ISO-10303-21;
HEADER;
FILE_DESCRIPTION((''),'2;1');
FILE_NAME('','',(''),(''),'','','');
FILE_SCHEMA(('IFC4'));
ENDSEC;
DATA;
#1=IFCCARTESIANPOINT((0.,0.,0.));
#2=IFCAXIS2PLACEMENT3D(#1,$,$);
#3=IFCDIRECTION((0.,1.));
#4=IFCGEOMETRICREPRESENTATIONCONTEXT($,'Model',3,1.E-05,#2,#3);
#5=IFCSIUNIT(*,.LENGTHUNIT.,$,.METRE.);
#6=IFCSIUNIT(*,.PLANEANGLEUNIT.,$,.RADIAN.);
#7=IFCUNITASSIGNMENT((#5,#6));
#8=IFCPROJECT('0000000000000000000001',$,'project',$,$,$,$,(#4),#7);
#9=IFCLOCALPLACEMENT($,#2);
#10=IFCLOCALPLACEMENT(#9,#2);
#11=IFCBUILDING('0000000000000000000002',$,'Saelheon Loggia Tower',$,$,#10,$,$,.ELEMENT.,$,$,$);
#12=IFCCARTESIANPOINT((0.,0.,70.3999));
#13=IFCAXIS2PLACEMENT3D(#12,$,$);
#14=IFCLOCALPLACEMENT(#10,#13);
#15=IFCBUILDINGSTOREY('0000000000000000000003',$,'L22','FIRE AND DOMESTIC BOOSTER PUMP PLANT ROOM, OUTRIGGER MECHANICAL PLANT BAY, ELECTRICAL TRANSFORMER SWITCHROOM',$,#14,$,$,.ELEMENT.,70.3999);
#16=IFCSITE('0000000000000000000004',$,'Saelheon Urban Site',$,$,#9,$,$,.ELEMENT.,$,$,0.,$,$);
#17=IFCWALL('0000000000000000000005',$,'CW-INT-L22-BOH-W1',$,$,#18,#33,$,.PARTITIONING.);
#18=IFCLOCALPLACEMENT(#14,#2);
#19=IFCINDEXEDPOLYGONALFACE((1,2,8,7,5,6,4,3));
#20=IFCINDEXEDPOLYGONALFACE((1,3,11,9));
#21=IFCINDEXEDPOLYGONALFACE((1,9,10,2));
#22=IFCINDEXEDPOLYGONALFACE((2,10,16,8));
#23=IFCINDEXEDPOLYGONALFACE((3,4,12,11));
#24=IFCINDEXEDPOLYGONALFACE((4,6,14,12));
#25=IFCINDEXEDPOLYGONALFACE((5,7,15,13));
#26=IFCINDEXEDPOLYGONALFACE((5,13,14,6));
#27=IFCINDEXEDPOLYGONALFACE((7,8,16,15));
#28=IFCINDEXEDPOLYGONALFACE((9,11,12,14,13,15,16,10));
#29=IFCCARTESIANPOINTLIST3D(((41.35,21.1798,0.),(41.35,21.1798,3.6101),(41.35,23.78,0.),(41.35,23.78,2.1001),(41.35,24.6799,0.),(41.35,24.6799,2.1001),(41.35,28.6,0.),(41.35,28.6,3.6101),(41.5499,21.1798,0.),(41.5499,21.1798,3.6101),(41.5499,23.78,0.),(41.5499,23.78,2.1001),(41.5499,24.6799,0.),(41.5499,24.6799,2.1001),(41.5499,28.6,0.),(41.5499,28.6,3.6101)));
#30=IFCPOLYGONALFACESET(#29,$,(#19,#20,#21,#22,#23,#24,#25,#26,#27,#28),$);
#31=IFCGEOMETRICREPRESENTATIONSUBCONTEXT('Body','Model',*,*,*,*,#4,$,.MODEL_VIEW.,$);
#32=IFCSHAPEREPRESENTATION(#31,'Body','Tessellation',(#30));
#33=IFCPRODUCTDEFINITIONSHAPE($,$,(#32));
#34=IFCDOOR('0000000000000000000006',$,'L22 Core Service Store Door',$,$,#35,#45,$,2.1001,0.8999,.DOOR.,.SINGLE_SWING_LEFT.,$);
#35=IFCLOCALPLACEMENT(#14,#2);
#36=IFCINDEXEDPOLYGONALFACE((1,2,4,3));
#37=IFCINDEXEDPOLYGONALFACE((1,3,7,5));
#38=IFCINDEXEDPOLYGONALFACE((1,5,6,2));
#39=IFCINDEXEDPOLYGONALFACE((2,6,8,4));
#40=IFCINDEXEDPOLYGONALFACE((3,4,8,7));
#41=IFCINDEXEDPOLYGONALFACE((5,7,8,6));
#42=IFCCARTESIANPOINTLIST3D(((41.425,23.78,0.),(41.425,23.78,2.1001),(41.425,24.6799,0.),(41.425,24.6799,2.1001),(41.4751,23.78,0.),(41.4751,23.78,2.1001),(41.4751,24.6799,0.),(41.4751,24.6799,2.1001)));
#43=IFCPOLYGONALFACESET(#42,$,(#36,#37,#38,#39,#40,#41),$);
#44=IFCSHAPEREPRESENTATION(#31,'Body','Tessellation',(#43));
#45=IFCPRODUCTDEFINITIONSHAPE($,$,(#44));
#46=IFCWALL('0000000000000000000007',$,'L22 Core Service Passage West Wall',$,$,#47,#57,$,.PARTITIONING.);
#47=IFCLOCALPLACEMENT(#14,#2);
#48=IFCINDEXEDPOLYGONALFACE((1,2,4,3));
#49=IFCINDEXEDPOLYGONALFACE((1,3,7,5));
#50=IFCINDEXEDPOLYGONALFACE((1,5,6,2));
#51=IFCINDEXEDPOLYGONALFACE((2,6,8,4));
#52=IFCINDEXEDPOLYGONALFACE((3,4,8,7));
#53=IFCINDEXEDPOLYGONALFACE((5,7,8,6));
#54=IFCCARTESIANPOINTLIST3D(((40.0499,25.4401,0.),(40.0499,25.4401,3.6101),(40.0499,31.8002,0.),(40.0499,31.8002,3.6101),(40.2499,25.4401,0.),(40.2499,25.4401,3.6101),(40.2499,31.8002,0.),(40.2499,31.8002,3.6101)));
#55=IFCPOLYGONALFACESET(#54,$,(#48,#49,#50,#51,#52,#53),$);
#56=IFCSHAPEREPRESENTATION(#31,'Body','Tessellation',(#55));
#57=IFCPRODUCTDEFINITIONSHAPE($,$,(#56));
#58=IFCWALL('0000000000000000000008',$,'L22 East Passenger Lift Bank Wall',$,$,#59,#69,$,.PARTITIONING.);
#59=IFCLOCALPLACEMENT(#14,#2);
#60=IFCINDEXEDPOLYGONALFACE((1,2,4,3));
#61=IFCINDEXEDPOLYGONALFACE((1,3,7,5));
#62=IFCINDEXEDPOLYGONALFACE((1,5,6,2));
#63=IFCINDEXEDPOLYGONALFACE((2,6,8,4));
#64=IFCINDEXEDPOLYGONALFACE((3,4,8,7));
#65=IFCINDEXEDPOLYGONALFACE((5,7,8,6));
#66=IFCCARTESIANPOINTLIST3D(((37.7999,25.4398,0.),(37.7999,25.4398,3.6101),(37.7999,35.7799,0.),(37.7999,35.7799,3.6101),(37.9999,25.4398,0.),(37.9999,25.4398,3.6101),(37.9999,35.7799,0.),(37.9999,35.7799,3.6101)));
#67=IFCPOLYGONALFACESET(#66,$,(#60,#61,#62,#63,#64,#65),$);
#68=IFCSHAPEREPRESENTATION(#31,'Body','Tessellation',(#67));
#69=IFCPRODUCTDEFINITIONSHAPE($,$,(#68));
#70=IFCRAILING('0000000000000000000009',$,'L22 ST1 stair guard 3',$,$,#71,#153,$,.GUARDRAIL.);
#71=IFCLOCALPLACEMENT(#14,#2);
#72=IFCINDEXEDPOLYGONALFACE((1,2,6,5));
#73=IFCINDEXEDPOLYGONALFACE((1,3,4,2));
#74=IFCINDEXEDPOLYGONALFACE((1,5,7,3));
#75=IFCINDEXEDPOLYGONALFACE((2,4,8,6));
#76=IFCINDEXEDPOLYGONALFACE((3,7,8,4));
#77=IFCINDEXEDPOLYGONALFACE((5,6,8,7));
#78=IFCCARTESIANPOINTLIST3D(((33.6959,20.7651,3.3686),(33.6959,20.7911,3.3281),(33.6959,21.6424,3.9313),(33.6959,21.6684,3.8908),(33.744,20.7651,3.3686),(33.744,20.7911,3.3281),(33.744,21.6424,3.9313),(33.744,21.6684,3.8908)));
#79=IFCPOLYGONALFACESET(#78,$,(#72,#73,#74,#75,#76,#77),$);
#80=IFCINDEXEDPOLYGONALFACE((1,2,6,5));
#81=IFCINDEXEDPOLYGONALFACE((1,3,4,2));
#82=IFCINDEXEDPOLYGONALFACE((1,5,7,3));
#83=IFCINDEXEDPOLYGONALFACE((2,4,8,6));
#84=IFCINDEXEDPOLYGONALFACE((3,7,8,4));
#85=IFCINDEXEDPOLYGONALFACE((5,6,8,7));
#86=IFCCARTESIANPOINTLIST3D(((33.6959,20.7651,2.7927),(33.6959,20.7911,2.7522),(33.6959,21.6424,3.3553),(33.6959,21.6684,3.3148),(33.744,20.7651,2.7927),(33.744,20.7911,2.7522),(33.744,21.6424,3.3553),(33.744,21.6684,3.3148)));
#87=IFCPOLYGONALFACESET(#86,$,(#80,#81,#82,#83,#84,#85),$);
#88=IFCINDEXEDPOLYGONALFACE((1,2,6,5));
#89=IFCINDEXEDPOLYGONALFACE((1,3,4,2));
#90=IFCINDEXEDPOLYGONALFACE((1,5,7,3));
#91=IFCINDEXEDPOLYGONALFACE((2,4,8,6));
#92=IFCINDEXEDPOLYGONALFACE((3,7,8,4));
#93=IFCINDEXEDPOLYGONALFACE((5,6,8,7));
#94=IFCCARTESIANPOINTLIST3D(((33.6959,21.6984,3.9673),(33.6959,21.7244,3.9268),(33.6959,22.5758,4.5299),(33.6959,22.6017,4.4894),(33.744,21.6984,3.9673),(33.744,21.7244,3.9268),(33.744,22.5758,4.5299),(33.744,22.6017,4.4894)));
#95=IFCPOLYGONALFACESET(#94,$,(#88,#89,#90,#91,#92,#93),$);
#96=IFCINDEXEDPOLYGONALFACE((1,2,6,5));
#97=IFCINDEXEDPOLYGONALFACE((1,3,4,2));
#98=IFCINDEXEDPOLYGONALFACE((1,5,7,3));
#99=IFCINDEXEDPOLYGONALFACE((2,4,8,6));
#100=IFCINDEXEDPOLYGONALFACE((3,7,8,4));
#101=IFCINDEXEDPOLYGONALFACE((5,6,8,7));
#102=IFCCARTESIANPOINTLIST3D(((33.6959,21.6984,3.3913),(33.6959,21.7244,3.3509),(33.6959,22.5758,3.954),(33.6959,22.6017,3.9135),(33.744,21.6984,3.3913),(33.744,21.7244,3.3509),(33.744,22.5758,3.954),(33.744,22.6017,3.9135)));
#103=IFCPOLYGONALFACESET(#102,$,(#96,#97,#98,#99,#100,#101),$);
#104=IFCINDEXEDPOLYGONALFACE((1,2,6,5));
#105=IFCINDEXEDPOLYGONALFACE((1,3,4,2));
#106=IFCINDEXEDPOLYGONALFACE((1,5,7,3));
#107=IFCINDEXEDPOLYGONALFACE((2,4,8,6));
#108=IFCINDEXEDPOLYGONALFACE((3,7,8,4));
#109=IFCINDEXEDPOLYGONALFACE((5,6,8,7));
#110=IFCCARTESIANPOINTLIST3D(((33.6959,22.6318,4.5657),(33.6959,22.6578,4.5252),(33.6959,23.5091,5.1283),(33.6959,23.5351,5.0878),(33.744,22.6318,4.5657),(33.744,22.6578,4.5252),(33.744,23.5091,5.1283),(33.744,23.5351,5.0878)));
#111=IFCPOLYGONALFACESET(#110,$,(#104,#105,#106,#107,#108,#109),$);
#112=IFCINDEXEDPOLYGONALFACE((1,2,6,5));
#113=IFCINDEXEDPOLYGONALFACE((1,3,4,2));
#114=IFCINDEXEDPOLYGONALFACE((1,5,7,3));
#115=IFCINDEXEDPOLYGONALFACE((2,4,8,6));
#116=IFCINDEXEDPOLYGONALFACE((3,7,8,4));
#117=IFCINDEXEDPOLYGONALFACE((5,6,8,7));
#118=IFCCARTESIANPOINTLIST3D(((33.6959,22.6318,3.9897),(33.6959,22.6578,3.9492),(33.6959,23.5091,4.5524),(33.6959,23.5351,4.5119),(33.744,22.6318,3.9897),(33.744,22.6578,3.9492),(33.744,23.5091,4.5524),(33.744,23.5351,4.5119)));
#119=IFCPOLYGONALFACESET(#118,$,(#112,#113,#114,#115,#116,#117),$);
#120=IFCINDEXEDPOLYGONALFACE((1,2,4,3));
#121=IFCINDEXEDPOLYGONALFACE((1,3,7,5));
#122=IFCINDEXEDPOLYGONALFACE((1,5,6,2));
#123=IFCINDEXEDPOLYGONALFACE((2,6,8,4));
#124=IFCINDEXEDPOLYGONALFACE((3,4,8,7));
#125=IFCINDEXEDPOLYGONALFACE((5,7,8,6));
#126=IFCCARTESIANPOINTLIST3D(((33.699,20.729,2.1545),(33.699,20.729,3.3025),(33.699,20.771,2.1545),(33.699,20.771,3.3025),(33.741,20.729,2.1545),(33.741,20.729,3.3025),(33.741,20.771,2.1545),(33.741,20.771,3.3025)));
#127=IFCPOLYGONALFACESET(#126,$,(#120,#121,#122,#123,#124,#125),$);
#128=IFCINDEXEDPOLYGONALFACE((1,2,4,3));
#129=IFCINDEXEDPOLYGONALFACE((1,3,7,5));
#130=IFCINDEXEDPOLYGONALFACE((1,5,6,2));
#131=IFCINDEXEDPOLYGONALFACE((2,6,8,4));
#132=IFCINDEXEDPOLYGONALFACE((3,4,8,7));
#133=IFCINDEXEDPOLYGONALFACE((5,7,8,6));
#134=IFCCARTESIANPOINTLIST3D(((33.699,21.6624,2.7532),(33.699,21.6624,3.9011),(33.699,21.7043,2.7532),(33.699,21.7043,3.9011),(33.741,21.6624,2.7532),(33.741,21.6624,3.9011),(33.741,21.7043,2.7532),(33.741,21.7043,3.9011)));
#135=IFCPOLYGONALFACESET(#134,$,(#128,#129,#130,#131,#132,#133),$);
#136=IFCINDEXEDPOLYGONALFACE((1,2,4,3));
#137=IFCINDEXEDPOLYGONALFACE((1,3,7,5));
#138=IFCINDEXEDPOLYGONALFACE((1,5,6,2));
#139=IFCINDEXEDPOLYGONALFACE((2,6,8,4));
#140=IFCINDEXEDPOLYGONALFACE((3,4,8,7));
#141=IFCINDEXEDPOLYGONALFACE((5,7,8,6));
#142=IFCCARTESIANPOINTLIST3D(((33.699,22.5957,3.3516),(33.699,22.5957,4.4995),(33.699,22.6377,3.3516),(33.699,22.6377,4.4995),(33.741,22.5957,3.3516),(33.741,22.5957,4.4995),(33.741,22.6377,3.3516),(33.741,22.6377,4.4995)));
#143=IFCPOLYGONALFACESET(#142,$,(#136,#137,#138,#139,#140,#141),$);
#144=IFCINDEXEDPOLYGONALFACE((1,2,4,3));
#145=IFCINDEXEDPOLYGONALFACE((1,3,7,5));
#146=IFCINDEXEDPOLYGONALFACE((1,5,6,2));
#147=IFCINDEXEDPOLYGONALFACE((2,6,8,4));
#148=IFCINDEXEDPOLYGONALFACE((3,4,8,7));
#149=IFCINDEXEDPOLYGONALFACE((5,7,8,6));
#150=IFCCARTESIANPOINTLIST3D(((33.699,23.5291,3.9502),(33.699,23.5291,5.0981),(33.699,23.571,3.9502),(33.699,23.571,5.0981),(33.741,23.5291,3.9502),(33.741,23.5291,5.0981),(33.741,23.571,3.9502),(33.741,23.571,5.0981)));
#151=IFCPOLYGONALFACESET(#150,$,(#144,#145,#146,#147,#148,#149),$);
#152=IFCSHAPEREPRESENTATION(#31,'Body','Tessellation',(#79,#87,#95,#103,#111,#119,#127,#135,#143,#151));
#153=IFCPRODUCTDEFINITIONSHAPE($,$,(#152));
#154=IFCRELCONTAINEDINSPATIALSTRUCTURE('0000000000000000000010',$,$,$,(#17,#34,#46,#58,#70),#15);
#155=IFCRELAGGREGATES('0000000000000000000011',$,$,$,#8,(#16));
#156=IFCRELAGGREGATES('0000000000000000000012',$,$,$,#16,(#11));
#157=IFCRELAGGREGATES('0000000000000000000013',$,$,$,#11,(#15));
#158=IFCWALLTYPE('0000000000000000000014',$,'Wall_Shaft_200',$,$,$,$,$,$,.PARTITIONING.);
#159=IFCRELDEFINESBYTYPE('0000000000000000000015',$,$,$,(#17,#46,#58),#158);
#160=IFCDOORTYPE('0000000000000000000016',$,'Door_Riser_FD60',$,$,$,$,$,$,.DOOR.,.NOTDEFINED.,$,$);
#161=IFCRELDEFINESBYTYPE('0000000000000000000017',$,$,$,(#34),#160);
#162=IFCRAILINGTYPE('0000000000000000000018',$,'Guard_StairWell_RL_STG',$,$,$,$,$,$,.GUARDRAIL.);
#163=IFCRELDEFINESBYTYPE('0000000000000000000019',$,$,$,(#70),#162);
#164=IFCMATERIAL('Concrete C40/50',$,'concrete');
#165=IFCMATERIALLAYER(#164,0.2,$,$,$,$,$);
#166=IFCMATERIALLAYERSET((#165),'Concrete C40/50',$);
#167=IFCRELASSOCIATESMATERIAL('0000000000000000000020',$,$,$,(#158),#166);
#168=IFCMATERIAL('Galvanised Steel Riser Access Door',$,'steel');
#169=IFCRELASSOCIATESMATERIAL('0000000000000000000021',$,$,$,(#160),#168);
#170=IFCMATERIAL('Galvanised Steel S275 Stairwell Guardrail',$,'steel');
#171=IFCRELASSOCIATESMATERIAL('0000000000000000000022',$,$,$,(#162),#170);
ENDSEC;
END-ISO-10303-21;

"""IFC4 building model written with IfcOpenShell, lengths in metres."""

from ifc_helpers import new_model, si_unit, direction, frame, frame_2d, origin, origin_2d, place, context, subcontext, project, spatial, rectangle, extrude, source, transform, mapped, material, layer, layer_set, type_object, element, fill, save


model = new_model("IFC4")

# Units and contexts
model_context = context("Model", 3, precision=1e-05, world=origin(), true_north=direction((0.0, 1.0)))
body_context = subcontext(model_context, "Body", "Model", "MODEL_VIEW")
ifc_project = project(units=[si_unit("LENGTHUNIT", "METRE"), si_unit("PLANEANGLEUNIT", "RADIAN")], contexts=[model_context])

# Site, building, storey
site_placement = place(None, origin())
site = spatial("IfcSite", under=ifc_project, at=site_placement, Name="Saelheon Urban Site", CompositionType="ELEMENT", RefElevation=0.0)
building_placement = place(site_placement, origin())
building = spatial("IfcBuilding", under=site, at=building_placement, Name="Saelheon Loggia Tower", CompositionType="ELEMENT")
storey_placement = place(building_placement, frame((0.0, 0.0, 70.3999)))
storey = spatial("IfcBuildingStorey", under=building, at=storey_placement, Name="L22", Description="FIRE AND DOMESTIC BOOSTER PUMP PLANT ROOM, OUTRIGGER MECHANICAL PLANT BAY, ELECTRICAL TRANSFORMER SWITCHROOM", CompositionType="ELEMENT", Elevation=70.3999)

# Wall, opening, door
ifc_material_1 = material(Name="Concrete C40/50", Category="concrete")
ifc_layer = layer(ifc_material_1, 0.2)
ifc_layer_set = layer_set([ifc_layer], Name="Concrete C40/50")
wall_type = type_object("IfcWallType", Name="Wall_Shaft_200", PredefinedType="PARTITIONING", material=ifc_layer_set)
wall_1_placement = place(storey_placement, frame((41.45, 21.1799, 0.0), z_axis=(0.0, 0.0, 1.0), x_axis=(0.0, 1.0, 0.0)))
wall_1 = element("IfcWall", 1, at=wall_1_placement, inside=storey, type_object=wall_type, Name="CW-INT-L22-BOH-W1", PredefinedType="PARTITIONING", context=body_context, shape_type="SweptSolid", body=[
    extrude(rectangle(XDim=7.4202, YDim=0.2, at=frame_2d((3.71, 0.0))), origin(), (0.0, 0.0, 1.0), 3.6101),
])
opening_1_placement = place(wall_1_placement, frame((2.6001, 0.0, 0.0)))
opening_1 = element("IfcOpeningElement", 2, at=opening_1_placement, cuts=wall_1, PredefinedType="OPENING", context=body_context, shape_type="SweptSolid", body=[
    extrude(rectangle(XDim=0.8999, YDim=2.1001, at=frame_2d((0.45, 1.05))), frame((0.0, 0.1121, 0.0), z_axis=(0.0, -1.0, 0.0), x_axis=(1.0, 0.0, 0.0)), (0.0, 0.0, 1.0), 0.2239),
])
ifc_material_2 = material(Name="Galvanised Steel Riser Access Door", Category="steel")
door_type_1 = type_object("IfcDoorType", Name="Door_Riser_FD60", OperationType="NOTDEFINED", PredefinedType="DOOR", material=ifc_material_2)
shared_shape_1 = source(origin(), body_context, "Body", "SweptSolid", [
    extrude(rectangle(XDim=0.8999, YDim=2.1001, at=frame_2d((0.45, 1.05))), frame((0.0, 0.0249, 0.0), z_axis=(0.0, -1.0, 0.0), x_axis=(1.0, 0.0, 0.0)), (0.0, 0.0, 1.0), 0.05),
])
door_1_placement = place(opening_1_placement, origin())
door_1 = element("IfcDoor", 3, at=door_1_placement, inside=storey, type_object=door_type_1, Name="L22 Core Service Store Door", OperationType="SINGLE_SWING_LEFT", OverallHeight=2.1001, OverallWidth=0.8999, PredefinedType="DOOR", context=body_context, shape_type="MappedRepresentation", body=[
    mapped(shared_shape_1, transform((0.0, 0.0, 0.0), scale=1.0)),
])
fill(opening_1, door_1)

# Wall
wall_2_placement = place(storey_placement, frame((40.1499, 25.4399, 0.0), z_axis=(0.0, 0.0, 1.0), x_axis=(0.0, 1.0, 0.0)))
element("IfcWall", 4, at=wall_2_placement, inside=storey, type_object=wall_type, Name="L22 Core Service Passage West Wall", PredefinedType="PARTITIONING", context=body_context, shape_type="SweptSolid", body=[
    extrude(rectangle(XDim=6.3601, YDim=0.2, at=frame_2d((3.1802, 0.0))), origin(), (0.0, 0.0, 1.0), 3.6101),
])

# Wall
wall_3_placement = place(storey_placement, frame((37.8999, 25.4399, 0.0), z_axis=(0.0, 0.0, 1.0), x_axis=(0.0, 1.0, 0.0)))
element("IfcWall", 5, at=wall_3_placement, inside=storey, type_object=wall_type, Name="L22 East Passenger Lift Bank Wall", PredefinedType="PARTITIONING", context=body_context, shape_type="SweptSolid", body=[
    extrude(rectangle(XDim=10.3401, YDim=0.2, at=frame_2d((5.1699, 0.0))), origin(), (0.0, 0.0, 1.0), 3.6101),
])

# Railing
ifc_material_3 = material(Name="Galvanised Steel S275 Stairwell Guardrail", Category="steel")
railing_type_1 = type_object("IfcRailingType", Name="Guard_StairWell_RL_STG", PredefinedType="GUARDRAIL", material=ifc_material_3)
railing_1_placement = place(storey_placement, frame((33.72, 20.75, 2.1545)))
element("IfcRailing", 6, at=railing_1_placement, inside=storey, type_object=railing_type_1, Name="L22 ST1 stair guard 3", PredefinedType="GUARDRAIL", context=body_context, shape_type="SweptSolid", body=[
    extrude(rectangle(XDim=0.0481, YDim=0.0481, at=origin_2d()), frame((0.0, 0.0281, 1.1938), z_axis=(0.0, 0.841777, 0.539826), x_axis=(-1.0, 0.0, 0.0)), (0.0, 0.0, 1.0), 1.0422),
    extrude(rectangle(XDim=0.0481, YDim=0.0481, at=origin_2d()), frame((0.0, 0.0281, 0.6179), z_axis=(0.0, 0.841777, 0.539826), x_axis=(-1.0, 0.0, 0.0)), (0.0, 0.0, 1.0), 1.0422),
    extrude(rectangle(XDim=0.0481, YDim=0.0481, at=origin_2d()), frame((0.0, 0.9614, 1.7925), z_axis=(0.0, 0.841777, 0.539826), x_axis=(-1.0, 0.0, 0.0)), (0.0, 0.0, 1.0), 1.0422),
    extrude(rectangle(XDim=0.0481, YDim=0.0481, at=origin_2d()), frame((0.0, 0.9614, 1.2166), z_axis=(0.0, 0.841777, 0.539826), x_axis=(-1.0, 0.0, 0.0)), (0.0, 0.0, 1.0), 1.0422),
    extrude(rectangle(XDim=0.0481, YDim=0.0481, at=origin_2d()), frame((0.0, 1.8948, 2.3909), z_axis=(0.0, 0.841777, 0.539826), x_axis=(-1.0, 0.0, 0.0)), (0.0, 0.0, 1.0), 1.0422),
    extrude(rectangle(XDim=0.0481, YDim=0.0481, at=origin_2d()), frame((0.0, 1.8948, 1.8149), z_axis=(0.0, 0.841777, 0.539826), x_axis=(-1.0, 0.0, 0.0)), (0.0, 0.0, 1.0), 1.0422),
    extrude(rectangle(XDim=0.042, YDim=0.042, at=origin_2d()), origin(), (0.0, 0.0, 1.0), 1.1479),
    extrude(rectangle(XDim=0.042, YDim=0.042, at=origin_2d()), frame((0.0, 0.9333, 0.5986)), (0.0, 0.0, 1.0), 1.1479),
    extrude(rectangle(XDim=0.042, YDim=0.042, at=origin_2d()), frame((0.0, 1.8667, 1.197)), (0.0, 0.0, 1.0), 1.1479),
    extrude(rectangle(XDim=0.042, YDim=0.042, at=origin_2d()), frame((0.0, 2.8, 1.7957)), (0.0, 0.0, 1.0), 1.1479),
])

save(model, "model.ifc")
